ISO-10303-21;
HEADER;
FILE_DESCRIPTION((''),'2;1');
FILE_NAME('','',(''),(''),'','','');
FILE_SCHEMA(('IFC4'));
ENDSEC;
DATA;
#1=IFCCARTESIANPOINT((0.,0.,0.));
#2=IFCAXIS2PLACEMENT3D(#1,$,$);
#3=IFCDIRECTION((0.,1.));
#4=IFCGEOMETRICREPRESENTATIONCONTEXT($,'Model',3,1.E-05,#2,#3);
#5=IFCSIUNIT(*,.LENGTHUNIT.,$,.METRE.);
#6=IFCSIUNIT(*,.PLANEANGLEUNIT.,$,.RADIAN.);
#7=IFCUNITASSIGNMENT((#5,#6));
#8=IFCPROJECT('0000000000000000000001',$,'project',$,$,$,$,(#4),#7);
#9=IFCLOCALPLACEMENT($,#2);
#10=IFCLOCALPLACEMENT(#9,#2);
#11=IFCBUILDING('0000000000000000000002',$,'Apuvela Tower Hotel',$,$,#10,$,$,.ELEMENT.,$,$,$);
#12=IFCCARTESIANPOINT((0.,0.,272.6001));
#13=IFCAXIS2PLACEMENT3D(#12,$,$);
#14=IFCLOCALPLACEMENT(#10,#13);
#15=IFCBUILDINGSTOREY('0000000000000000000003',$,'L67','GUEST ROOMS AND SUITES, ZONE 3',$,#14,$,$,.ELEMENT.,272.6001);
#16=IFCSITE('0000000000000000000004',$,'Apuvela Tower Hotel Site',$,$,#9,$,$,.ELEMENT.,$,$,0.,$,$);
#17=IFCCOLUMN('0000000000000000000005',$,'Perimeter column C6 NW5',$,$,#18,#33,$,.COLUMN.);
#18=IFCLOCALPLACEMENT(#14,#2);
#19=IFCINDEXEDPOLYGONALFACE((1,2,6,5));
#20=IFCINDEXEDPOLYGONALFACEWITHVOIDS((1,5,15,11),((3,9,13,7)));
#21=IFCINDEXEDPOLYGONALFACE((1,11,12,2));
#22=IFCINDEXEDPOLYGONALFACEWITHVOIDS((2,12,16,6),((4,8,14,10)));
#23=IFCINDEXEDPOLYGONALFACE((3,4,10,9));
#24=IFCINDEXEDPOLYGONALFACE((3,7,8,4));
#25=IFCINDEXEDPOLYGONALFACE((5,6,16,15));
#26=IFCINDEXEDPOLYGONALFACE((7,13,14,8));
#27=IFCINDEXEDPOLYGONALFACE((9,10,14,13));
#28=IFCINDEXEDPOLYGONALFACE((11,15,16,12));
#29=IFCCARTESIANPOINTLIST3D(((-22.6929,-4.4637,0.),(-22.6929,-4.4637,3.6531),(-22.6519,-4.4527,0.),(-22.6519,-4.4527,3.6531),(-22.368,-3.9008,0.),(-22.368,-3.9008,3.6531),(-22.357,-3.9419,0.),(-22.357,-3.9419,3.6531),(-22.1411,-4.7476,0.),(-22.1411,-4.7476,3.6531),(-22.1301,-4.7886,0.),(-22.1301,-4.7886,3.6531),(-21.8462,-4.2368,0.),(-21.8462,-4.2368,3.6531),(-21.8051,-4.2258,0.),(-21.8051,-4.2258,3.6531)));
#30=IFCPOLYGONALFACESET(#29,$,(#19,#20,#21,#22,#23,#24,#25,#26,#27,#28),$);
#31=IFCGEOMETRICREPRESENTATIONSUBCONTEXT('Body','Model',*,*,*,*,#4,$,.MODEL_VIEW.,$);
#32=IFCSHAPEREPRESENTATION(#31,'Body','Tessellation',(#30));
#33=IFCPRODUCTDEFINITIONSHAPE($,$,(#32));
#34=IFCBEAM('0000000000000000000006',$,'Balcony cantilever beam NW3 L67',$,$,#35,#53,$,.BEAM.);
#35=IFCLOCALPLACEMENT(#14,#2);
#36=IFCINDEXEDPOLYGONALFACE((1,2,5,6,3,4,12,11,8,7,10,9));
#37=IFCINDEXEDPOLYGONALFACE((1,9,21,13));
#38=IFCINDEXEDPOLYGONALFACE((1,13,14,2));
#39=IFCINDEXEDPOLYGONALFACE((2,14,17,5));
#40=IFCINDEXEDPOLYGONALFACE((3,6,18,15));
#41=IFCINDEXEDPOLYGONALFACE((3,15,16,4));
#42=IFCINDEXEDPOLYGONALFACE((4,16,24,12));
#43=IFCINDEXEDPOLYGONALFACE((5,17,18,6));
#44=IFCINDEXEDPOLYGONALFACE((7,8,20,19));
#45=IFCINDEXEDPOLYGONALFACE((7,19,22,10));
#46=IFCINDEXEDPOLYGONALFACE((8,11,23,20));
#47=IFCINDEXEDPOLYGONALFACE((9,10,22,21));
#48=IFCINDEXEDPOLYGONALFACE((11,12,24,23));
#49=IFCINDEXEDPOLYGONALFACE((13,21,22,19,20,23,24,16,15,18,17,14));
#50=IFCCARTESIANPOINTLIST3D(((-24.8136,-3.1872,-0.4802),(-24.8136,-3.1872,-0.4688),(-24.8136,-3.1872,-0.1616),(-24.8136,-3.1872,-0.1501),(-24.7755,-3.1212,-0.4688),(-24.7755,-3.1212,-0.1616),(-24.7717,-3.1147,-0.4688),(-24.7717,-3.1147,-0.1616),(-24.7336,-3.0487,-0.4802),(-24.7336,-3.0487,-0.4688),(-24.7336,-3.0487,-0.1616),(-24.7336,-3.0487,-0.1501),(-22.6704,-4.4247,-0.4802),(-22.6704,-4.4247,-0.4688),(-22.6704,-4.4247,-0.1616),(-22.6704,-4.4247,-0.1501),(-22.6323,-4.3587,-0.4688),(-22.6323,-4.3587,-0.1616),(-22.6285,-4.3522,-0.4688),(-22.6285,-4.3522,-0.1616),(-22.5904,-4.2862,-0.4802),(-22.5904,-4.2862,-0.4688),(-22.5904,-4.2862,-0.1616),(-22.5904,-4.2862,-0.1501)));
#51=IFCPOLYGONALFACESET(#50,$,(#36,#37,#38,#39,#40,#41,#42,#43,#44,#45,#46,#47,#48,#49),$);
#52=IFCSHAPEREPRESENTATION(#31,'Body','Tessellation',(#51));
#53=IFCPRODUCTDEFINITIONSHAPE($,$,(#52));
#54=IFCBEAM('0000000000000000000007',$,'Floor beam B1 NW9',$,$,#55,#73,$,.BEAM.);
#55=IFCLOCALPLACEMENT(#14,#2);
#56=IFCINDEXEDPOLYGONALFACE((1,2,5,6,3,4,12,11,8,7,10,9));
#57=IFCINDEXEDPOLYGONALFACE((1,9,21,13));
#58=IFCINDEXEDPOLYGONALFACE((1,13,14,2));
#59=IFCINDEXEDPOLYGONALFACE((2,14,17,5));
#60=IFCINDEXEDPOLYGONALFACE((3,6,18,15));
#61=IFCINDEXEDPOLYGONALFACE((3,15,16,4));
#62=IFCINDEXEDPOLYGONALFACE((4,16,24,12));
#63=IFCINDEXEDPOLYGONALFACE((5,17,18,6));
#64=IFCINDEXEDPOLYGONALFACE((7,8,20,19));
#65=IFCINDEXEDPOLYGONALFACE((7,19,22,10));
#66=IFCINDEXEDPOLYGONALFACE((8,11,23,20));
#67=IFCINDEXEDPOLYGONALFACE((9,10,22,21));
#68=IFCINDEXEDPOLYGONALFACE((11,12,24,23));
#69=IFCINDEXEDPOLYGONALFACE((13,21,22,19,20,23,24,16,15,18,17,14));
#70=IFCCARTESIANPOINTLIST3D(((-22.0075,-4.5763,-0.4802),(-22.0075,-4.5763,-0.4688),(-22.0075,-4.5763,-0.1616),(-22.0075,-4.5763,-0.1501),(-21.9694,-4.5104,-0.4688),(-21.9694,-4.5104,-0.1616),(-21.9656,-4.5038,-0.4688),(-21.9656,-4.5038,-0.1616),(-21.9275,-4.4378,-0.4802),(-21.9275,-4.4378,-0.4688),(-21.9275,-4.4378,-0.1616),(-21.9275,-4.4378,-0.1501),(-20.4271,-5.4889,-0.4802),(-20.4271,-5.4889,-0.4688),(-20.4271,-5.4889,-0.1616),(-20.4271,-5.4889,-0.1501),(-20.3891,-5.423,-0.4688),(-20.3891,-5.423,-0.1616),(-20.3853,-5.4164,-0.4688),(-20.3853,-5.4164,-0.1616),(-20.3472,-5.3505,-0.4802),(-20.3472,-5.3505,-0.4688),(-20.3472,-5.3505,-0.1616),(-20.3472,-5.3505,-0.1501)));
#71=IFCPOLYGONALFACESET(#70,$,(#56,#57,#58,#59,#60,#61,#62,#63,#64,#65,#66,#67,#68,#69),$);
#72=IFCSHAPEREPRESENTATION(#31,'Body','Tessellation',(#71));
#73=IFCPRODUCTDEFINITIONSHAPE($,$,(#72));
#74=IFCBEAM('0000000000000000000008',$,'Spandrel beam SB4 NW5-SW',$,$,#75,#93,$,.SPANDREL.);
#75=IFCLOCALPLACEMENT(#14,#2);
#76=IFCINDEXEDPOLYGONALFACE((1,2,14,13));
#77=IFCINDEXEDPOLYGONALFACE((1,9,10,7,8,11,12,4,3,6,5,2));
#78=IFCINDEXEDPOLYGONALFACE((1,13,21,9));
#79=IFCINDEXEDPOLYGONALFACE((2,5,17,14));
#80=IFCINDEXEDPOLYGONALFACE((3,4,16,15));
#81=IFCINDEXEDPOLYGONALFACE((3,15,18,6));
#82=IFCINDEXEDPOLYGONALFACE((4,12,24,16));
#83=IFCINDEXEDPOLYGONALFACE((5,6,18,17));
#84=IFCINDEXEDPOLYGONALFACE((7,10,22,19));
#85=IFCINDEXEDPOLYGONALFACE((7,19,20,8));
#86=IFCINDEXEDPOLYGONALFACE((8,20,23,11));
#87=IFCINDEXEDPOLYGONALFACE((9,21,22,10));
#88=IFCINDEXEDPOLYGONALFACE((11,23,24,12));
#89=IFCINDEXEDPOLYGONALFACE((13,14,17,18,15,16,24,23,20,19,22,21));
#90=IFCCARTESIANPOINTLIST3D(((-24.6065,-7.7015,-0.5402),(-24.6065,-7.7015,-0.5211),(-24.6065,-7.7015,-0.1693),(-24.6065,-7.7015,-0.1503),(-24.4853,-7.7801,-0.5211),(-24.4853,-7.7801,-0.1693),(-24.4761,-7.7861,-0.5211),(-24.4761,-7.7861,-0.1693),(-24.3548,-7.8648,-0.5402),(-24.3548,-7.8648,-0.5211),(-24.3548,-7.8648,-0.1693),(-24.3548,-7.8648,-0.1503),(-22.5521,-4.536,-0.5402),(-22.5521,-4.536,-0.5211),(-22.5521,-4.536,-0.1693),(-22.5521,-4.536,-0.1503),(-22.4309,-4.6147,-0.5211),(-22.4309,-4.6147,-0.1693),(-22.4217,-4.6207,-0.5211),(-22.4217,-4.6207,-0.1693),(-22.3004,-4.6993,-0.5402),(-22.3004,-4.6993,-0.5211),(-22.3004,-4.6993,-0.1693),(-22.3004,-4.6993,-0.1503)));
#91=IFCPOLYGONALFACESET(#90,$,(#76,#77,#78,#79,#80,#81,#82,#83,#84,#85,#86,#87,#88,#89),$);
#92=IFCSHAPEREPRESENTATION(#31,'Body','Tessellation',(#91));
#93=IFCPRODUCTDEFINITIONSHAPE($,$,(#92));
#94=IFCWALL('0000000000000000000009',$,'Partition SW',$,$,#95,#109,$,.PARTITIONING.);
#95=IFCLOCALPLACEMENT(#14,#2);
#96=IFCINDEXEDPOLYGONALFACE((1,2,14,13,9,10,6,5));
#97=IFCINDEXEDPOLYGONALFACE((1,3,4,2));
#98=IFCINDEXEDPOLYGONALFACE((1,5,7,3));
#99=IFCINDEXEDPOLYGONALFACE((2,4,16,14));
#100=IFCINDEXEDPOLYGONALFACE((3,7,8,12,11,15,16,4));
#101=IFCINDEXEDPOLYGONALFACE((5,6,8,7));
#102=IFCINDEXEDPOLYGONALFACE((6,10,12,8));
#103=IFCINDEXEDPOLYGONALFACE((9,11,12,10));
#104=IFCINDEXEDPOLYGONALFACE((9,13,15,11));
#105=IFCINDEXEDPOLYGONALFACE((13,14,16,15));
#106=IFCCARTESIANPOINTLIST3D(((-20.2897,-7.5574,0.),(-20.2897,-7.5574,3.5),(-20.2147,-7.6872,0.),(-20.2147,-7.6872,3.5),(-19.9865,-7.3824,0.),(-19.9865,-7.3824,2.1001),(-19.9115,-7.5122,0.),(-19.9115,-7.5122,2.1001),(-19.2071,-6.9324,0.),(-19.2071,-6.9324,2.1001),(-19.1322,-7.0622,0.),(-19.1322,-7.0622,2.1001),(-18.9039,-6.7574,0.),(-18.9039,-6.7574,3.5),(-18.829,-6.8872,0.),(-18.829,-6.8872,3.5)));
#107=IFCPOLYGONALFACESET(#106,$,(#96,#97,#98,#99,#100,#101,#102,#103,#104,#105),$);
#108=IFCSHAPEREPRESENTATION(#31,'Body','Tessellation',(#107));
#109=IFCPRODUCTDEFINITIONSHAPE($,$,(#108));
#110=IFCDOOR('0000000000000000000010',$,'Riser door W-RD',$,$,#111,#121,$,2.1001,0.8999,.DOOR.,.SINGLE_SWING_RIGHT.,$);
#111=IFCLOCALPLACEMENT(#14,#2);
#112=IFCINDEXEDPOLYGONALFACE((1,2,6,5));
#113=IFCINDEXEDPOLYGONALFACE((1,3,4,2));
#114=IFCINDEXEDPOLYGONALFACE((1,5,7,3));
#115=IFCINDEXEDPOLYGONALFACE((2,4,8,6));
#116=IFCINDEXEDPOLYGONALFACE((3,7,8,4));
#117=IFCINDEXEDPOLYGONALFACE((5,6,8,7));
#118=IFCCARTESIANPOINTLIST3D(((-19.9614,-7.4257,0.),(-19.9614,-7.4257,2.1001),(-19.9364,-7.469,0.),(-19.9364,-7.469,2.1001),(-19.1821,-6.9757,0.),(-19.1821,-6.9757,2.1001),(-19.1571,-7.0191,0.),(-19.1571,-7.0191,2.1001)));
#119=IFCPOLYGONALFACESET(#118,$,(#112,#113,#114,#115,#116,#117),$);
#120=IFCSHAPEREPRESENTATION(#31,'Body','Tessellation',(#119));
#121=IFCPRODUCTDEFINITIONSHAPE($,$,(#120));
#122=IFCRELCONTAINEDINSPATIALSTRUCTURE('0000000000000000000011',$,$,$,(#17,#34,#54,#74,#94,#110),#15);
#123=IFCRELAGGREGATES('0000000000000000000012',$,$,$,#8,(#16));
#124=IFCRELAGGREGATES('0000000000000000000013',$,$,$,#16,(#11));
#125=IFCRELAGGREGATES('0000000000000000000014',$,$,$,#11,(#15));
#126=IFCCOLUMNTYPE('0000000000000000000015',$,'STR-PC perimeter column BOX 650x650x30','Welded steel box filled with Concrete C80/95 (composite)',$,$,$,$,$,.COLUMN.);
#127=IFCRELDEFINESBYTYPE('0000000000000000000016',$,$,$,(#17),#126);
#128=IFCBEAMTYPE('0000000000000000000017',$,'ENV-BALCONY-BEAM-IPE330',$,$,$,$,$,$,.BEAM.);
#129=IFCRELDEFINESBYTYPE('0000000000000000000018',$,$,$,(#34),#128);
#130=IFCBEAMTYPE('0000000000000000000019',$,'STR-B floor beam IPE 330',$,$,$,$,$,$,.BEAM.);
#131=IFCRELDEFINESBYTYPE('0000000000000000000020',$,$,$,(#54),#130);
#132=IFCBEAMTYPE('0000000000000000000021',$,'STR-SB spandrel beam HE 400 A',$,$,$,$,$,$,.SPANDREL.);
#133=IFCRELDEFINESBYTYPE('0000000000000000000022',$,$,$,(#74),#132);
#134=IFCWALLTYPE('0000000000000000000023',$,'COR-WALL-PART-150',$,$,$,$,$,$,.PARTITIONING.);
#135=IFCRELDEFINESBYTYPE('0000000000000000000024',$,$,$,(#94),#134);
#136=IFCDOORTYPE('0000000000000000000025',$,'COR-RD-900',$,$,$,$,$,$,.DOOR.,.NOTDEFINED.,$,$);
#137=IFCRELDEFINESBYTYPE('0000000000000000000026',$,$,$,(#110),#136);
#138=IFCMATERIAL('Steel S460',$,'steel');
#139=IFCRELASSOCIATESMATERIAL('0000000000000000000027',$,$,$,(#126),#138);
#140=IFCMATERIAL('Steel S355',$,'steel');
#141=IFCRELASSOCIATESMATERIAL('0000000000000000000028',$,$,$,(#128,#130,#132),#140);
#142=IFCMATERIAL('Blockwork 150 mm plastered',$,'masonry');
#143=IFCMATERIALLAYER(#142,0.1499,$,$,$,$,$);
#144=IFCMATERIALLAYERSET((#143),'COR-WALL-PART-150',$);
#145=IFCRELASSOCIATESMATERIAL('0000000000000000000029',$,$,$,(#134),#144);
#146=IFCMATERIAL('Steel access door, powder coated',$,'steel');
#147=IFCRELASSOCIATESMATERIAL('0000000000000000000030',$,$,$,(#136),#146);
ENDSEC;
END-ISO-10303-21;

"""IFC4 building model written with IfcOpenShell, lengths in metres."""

from ifc_helpers import new_model, si_unit, direction, frame, frame_2d, origin, origin_2d, place, context, subcontext, project, spatial, rectangle, hollow_rectangle, i_section, extrude, boolean, halfspace, material, layer, layer_set, material_profile, profile_set, type_object, element, fill, save


model = new_model("IFC4")

# Units and contexts
model_context = context("Model", 3, precision=1e-05, world=origin(), true_north=direction((0.0, 1.0)))
body_context = subcontext(model_context, "Body", "Model", "MODEL_VIEW")
ifc_project = project(units=[si_unit("LENGTHUNIT", "METRE"), si_unit("PLANEANGLEUNIT", "RADIAN")], contexts=[model_context])

# Site, building, storey
site_placement = place(None, origin())
site = spatial("IfcSite", under=ifc_project, at=site_placement, Name="Apuvela Tower Hotel Site", CompositionType="ELEMENT", RefElevation=0.0)
building_placement = place(site_placement, origin())
building = spatial("IfcBuilding", under=site, at=building_placement, Name="Apuvela Tower Hotel", CompositionType="ELEMENT")
storey_placement = place(building_placement, frame((0.0, 0.0, 272.6001)))
storey = spatial("IfcBuildingStorey", under=building, at=storey_placement, Name="L67", Description="GUEST ROOMS AND SUITES, ZONE 3", CompositionType="ELEMENT", Elevation=272.6001)

# Column
ifc_material_1 = material(Name="Steel S460", Category="steel")
ifc_material_profile_1 = material_profile(ifc_material_1, hollow_rectangle(XDim=0.6499, YDim=0.6499, WallThickness=0.03, at=origin_2d()), Name="BOX 650x650x30")
ifc_material_2 = material(Name="Concrete C80/95", Category="concrete")
ifc_material_profile_2 = material_profile(ifc_material_2, rectangle(XDim=0.5901, YDim=0.5901, at=origin_2d()), Name="Concrete C80/95 infill")
ifc_profile_set_1 = profile_set([ifc_material_profile_1, ifc_material_profile_2], Name="Steel S460")
column_type = type_object("IfcColumnType", Name="STR-PC perimeter column BOX 650x650x30", Description="Welded steel box filled with Concrete C80/95 (composite)", PredefinedType="COLUMN", material=ifc_profile_set_1)
column_placement = place(storey_placement, frame((-22.249, -4.3447, 0.0), z_axis=(0.0, 0.0, 1.0), x_axis=(0.5, 0.866025, 0.0)))
element("IfcColumn", 1, at=column_placement, inside=storey, type_object=column_type, Name="Perimeter column C6 NW5", PredefinedType="COLUMN", context=body_context, shape_type="SweptSolid", body=[
    boolean("DIFFERENCE", extrude(hollow_rectangle(XDim=0.6499, YDim=0.6499, WallThickness=0.03, at=origin_2d()), origin(), (0.0, 0.0, 1.0), 3.7), halfspace(frame((0.0, 0.0, 3.6531), z_axis=(0.0, 0.0, 1.0), x_axis=(1.0, 0.0, 0.0)), False)),
])

# Beams
ifc_material_3 = material(Name="Steel S355", Category="steel")
ifc_material_profile_3 = material_profile(ifc_material_3, i_section(OverallWidth=0.1599, OverallDepth=0.3301, WebThickness=0.0076, FlangeThickness=0.0115, at=origin_2d()), Name="IPE 330")
ifc_profile_set_2 = profile_set([ifc_material_profile_3], Name="Steel S355")
beam_type_1 = type_object("IfcBeamType", Name="ENV-BALCONY-BEAM-IPE330", PredefinedType="BEAM", material=ifc_profile_set_2)
beam_1_placement = place(storey_placement, frame((-22.6304, -4.3555, -0.3152), z_axis=(-0.866007, 0.500033, 0.0), x_axis=(-0.500033, -0.866007, 0.0)))
element("IfcBeam", 2, at=beam_1_placement, inside=storey, type_object=beam_type_1, Name="Balcony cantilever beam NW3 L67", PredefinedType="BEAM", context=body_context, shape_type="SweptSolid", body=[
    extrude(i_section(OverallWidth=0.1599, OverallDepth=0.3301, WebThickness=0.0076, FlangeThickness=0.0115, at=origin_2d()), origin(), (0.0, 0.0, 1.0), 2.4749),
])
ifc_material_profile_4 = material_profile(ifc_material_3, i_section(OverallWidth=0.1599, OverallDepth=0.3301, WebThickness=0.0076, FlangeThickness=0.0115, at=origin_2d()), Name="IPE 330")
ifc_profile_set_3 = profile_set([ifc_material_profile_4], Name="Steel S355")
beam_type_2 = type_object("IfcBeamType", Name="STR-B floor beam IPE 330", PredefinedType="BEAM", material=ifc_profile_set_3)
beam_2_placement = place(storey_placement, frame((-21.9675, -4.5071, -0.3152), z_axis=(0.865978, -0.500081, 0.0), x_axis=(0.500081, 0.865978, 0.0)))
element("IfcBeam", 3, at=beam_2_placement, inside=storey, type_object=beam_type_2, Name="Floor beam B1 NW9", PredefinedType="BEAM", context=body_context, shape_type="SweptSolid", body=[
    extrude(i_section(OverallWidth=0.1599, OverallDepth=0.3301, WebThickness=0.0076, FlangeThickness=0.0115, at=origin_2d()), origin(), (0.0, 0.0, 1.0), 1.825),
])
ifc_material_profile_5 = material_profile(ifc_material_3, i_section(OverallWidth=0.3, OverallDepth=0.3899, WebThickness=0.011, FlangeThickness=0.019, at=origin_2d()), Name="HE 400 A")
ifc_profile_set_4 = profile_set([ifc_material_profile_5], Name="Steel S355")
beam_type_3 = type_object("IfcBeamType", Name="STR-SB spandrel beam HE 400 A", PredefinedType="SPANDREL", material=ifc_profile_set_4)
beam_3_placement = place(storey_placement, frame((-22.4263, -4.6177, -0.3452), z_axis=(-0.544402, -0.838825, 0.0), x_axis=(0.838825, -0.544402, 0.0)))
element("IfcBeam", 4, at=beam_3_placement, inside=storey, type_object=beam_type_3, Name="Spandrel beam SB4 NW5-SW", PredefinedType="SPANDREL", context=body_context, shape_type="SweptSolid", body=[
    extrude(i_section(OverallWidth=0.3, OverallDepth=0.3899, WebThickness=0.011, FlangeThickness=0.019, at=origin_2d()), origin(), (0.0, 0.0, 1.0), 3.7737),
])

# Wall, opening, door
ifc_material_4 = material(Name="Blockwork 150 mm plastered", Category="masonry")
ifc_layer_1 = layer(ifc_material_4, 0.1499)
ifc_layer_set_1 = layer_set([ifc_layer_1], Name="COR-WALL-PART-150")
wall_type_1 = type_object("IfcWallType", Name="COR-WALL-PART-150", PredefinedType="PARTITIONING", material=ifc_layer_set_1)
wall_1_placement = place(storey_placement, frame((-18.8665, -6.8223, 0.0), z_axis=(0.0, 0.0, 1.0), x_axis=(-0.866028, -0.499995, 0.0)))
wall_1 = element("IfcWall", 5, at=wall_1_placement, inside=storey, type_object=wall_type_1, Name="Partition SW", PredefinedType="PARTITIONING", context=body_context, shape_type="SweptSolid", body=[
    extrude(rectangle(XDim=1.6001, YDim=0.1499, at=frame_2d((0.8, 0.0))), origin(), (0.0, 0.0, 1.0), 3.5),
])
opening_1_placement = place(wall_1_placement, frame((0.3501, 0.0, 0.0)))
opening_1 = element("IfcOpeningElement", 6, at=opening_1_placement, cuts=wall_1, PredefinedType="OPENING", context=body_context, shape_type="SweptSolid", body=[
    extrude(rectangle(XDim=0.8999, YDim=2.1001, at=frame_2d((0.45, 1.05))), frame((0.0, 0.085, 0.0), z_axis=(0.0, -1.0, 0.0), x_axis=(1.0, 0.0, 0.0)), (0.0, 0.0, 1.0), 0.1699),
])
ifc_material_5 = material(Name="Steel access door, powder coated", Category="steel")
door_type_1 = type_object("IfcDoorType", Name="COR-RD-900", OperationType="NOTDEFINED", PredefinedType="DOOR", material=ifc_material_5)
door_1_placement = place(opening_1_placement, frame((0.8999, 0.0, 0.0), z_axis=(0.0, 0.0, 1.0), x_axis=(-1.0, 0.0, 0.0)))
door_1 = element("IfcDoor", 7, at=door_1_placement, inside=storey, type_object=door_type_1, Name="Riser door W-RD", OperationType="SINGLE_SWING_RIGHT", OverallHeight=2.1001, OverallWidth=0.8999, PredefinedType="DOOR", context=body_context, shape_type="SweptSolid", body=[
    extrude(rectangle(XDim=0.8999, YDim=2.1001, at=frame_2d((0.45, 1.05))), frame((0.0, 0.0249, 0.0), z_axis=(0.0, -1.0, 0.0), x_axis=(1.0, 0.0, 0.0)), (0.0, 0.0, 1.0), 0.05),
])
fill(opening_1, door_1)

save(model, "model.ifc")
